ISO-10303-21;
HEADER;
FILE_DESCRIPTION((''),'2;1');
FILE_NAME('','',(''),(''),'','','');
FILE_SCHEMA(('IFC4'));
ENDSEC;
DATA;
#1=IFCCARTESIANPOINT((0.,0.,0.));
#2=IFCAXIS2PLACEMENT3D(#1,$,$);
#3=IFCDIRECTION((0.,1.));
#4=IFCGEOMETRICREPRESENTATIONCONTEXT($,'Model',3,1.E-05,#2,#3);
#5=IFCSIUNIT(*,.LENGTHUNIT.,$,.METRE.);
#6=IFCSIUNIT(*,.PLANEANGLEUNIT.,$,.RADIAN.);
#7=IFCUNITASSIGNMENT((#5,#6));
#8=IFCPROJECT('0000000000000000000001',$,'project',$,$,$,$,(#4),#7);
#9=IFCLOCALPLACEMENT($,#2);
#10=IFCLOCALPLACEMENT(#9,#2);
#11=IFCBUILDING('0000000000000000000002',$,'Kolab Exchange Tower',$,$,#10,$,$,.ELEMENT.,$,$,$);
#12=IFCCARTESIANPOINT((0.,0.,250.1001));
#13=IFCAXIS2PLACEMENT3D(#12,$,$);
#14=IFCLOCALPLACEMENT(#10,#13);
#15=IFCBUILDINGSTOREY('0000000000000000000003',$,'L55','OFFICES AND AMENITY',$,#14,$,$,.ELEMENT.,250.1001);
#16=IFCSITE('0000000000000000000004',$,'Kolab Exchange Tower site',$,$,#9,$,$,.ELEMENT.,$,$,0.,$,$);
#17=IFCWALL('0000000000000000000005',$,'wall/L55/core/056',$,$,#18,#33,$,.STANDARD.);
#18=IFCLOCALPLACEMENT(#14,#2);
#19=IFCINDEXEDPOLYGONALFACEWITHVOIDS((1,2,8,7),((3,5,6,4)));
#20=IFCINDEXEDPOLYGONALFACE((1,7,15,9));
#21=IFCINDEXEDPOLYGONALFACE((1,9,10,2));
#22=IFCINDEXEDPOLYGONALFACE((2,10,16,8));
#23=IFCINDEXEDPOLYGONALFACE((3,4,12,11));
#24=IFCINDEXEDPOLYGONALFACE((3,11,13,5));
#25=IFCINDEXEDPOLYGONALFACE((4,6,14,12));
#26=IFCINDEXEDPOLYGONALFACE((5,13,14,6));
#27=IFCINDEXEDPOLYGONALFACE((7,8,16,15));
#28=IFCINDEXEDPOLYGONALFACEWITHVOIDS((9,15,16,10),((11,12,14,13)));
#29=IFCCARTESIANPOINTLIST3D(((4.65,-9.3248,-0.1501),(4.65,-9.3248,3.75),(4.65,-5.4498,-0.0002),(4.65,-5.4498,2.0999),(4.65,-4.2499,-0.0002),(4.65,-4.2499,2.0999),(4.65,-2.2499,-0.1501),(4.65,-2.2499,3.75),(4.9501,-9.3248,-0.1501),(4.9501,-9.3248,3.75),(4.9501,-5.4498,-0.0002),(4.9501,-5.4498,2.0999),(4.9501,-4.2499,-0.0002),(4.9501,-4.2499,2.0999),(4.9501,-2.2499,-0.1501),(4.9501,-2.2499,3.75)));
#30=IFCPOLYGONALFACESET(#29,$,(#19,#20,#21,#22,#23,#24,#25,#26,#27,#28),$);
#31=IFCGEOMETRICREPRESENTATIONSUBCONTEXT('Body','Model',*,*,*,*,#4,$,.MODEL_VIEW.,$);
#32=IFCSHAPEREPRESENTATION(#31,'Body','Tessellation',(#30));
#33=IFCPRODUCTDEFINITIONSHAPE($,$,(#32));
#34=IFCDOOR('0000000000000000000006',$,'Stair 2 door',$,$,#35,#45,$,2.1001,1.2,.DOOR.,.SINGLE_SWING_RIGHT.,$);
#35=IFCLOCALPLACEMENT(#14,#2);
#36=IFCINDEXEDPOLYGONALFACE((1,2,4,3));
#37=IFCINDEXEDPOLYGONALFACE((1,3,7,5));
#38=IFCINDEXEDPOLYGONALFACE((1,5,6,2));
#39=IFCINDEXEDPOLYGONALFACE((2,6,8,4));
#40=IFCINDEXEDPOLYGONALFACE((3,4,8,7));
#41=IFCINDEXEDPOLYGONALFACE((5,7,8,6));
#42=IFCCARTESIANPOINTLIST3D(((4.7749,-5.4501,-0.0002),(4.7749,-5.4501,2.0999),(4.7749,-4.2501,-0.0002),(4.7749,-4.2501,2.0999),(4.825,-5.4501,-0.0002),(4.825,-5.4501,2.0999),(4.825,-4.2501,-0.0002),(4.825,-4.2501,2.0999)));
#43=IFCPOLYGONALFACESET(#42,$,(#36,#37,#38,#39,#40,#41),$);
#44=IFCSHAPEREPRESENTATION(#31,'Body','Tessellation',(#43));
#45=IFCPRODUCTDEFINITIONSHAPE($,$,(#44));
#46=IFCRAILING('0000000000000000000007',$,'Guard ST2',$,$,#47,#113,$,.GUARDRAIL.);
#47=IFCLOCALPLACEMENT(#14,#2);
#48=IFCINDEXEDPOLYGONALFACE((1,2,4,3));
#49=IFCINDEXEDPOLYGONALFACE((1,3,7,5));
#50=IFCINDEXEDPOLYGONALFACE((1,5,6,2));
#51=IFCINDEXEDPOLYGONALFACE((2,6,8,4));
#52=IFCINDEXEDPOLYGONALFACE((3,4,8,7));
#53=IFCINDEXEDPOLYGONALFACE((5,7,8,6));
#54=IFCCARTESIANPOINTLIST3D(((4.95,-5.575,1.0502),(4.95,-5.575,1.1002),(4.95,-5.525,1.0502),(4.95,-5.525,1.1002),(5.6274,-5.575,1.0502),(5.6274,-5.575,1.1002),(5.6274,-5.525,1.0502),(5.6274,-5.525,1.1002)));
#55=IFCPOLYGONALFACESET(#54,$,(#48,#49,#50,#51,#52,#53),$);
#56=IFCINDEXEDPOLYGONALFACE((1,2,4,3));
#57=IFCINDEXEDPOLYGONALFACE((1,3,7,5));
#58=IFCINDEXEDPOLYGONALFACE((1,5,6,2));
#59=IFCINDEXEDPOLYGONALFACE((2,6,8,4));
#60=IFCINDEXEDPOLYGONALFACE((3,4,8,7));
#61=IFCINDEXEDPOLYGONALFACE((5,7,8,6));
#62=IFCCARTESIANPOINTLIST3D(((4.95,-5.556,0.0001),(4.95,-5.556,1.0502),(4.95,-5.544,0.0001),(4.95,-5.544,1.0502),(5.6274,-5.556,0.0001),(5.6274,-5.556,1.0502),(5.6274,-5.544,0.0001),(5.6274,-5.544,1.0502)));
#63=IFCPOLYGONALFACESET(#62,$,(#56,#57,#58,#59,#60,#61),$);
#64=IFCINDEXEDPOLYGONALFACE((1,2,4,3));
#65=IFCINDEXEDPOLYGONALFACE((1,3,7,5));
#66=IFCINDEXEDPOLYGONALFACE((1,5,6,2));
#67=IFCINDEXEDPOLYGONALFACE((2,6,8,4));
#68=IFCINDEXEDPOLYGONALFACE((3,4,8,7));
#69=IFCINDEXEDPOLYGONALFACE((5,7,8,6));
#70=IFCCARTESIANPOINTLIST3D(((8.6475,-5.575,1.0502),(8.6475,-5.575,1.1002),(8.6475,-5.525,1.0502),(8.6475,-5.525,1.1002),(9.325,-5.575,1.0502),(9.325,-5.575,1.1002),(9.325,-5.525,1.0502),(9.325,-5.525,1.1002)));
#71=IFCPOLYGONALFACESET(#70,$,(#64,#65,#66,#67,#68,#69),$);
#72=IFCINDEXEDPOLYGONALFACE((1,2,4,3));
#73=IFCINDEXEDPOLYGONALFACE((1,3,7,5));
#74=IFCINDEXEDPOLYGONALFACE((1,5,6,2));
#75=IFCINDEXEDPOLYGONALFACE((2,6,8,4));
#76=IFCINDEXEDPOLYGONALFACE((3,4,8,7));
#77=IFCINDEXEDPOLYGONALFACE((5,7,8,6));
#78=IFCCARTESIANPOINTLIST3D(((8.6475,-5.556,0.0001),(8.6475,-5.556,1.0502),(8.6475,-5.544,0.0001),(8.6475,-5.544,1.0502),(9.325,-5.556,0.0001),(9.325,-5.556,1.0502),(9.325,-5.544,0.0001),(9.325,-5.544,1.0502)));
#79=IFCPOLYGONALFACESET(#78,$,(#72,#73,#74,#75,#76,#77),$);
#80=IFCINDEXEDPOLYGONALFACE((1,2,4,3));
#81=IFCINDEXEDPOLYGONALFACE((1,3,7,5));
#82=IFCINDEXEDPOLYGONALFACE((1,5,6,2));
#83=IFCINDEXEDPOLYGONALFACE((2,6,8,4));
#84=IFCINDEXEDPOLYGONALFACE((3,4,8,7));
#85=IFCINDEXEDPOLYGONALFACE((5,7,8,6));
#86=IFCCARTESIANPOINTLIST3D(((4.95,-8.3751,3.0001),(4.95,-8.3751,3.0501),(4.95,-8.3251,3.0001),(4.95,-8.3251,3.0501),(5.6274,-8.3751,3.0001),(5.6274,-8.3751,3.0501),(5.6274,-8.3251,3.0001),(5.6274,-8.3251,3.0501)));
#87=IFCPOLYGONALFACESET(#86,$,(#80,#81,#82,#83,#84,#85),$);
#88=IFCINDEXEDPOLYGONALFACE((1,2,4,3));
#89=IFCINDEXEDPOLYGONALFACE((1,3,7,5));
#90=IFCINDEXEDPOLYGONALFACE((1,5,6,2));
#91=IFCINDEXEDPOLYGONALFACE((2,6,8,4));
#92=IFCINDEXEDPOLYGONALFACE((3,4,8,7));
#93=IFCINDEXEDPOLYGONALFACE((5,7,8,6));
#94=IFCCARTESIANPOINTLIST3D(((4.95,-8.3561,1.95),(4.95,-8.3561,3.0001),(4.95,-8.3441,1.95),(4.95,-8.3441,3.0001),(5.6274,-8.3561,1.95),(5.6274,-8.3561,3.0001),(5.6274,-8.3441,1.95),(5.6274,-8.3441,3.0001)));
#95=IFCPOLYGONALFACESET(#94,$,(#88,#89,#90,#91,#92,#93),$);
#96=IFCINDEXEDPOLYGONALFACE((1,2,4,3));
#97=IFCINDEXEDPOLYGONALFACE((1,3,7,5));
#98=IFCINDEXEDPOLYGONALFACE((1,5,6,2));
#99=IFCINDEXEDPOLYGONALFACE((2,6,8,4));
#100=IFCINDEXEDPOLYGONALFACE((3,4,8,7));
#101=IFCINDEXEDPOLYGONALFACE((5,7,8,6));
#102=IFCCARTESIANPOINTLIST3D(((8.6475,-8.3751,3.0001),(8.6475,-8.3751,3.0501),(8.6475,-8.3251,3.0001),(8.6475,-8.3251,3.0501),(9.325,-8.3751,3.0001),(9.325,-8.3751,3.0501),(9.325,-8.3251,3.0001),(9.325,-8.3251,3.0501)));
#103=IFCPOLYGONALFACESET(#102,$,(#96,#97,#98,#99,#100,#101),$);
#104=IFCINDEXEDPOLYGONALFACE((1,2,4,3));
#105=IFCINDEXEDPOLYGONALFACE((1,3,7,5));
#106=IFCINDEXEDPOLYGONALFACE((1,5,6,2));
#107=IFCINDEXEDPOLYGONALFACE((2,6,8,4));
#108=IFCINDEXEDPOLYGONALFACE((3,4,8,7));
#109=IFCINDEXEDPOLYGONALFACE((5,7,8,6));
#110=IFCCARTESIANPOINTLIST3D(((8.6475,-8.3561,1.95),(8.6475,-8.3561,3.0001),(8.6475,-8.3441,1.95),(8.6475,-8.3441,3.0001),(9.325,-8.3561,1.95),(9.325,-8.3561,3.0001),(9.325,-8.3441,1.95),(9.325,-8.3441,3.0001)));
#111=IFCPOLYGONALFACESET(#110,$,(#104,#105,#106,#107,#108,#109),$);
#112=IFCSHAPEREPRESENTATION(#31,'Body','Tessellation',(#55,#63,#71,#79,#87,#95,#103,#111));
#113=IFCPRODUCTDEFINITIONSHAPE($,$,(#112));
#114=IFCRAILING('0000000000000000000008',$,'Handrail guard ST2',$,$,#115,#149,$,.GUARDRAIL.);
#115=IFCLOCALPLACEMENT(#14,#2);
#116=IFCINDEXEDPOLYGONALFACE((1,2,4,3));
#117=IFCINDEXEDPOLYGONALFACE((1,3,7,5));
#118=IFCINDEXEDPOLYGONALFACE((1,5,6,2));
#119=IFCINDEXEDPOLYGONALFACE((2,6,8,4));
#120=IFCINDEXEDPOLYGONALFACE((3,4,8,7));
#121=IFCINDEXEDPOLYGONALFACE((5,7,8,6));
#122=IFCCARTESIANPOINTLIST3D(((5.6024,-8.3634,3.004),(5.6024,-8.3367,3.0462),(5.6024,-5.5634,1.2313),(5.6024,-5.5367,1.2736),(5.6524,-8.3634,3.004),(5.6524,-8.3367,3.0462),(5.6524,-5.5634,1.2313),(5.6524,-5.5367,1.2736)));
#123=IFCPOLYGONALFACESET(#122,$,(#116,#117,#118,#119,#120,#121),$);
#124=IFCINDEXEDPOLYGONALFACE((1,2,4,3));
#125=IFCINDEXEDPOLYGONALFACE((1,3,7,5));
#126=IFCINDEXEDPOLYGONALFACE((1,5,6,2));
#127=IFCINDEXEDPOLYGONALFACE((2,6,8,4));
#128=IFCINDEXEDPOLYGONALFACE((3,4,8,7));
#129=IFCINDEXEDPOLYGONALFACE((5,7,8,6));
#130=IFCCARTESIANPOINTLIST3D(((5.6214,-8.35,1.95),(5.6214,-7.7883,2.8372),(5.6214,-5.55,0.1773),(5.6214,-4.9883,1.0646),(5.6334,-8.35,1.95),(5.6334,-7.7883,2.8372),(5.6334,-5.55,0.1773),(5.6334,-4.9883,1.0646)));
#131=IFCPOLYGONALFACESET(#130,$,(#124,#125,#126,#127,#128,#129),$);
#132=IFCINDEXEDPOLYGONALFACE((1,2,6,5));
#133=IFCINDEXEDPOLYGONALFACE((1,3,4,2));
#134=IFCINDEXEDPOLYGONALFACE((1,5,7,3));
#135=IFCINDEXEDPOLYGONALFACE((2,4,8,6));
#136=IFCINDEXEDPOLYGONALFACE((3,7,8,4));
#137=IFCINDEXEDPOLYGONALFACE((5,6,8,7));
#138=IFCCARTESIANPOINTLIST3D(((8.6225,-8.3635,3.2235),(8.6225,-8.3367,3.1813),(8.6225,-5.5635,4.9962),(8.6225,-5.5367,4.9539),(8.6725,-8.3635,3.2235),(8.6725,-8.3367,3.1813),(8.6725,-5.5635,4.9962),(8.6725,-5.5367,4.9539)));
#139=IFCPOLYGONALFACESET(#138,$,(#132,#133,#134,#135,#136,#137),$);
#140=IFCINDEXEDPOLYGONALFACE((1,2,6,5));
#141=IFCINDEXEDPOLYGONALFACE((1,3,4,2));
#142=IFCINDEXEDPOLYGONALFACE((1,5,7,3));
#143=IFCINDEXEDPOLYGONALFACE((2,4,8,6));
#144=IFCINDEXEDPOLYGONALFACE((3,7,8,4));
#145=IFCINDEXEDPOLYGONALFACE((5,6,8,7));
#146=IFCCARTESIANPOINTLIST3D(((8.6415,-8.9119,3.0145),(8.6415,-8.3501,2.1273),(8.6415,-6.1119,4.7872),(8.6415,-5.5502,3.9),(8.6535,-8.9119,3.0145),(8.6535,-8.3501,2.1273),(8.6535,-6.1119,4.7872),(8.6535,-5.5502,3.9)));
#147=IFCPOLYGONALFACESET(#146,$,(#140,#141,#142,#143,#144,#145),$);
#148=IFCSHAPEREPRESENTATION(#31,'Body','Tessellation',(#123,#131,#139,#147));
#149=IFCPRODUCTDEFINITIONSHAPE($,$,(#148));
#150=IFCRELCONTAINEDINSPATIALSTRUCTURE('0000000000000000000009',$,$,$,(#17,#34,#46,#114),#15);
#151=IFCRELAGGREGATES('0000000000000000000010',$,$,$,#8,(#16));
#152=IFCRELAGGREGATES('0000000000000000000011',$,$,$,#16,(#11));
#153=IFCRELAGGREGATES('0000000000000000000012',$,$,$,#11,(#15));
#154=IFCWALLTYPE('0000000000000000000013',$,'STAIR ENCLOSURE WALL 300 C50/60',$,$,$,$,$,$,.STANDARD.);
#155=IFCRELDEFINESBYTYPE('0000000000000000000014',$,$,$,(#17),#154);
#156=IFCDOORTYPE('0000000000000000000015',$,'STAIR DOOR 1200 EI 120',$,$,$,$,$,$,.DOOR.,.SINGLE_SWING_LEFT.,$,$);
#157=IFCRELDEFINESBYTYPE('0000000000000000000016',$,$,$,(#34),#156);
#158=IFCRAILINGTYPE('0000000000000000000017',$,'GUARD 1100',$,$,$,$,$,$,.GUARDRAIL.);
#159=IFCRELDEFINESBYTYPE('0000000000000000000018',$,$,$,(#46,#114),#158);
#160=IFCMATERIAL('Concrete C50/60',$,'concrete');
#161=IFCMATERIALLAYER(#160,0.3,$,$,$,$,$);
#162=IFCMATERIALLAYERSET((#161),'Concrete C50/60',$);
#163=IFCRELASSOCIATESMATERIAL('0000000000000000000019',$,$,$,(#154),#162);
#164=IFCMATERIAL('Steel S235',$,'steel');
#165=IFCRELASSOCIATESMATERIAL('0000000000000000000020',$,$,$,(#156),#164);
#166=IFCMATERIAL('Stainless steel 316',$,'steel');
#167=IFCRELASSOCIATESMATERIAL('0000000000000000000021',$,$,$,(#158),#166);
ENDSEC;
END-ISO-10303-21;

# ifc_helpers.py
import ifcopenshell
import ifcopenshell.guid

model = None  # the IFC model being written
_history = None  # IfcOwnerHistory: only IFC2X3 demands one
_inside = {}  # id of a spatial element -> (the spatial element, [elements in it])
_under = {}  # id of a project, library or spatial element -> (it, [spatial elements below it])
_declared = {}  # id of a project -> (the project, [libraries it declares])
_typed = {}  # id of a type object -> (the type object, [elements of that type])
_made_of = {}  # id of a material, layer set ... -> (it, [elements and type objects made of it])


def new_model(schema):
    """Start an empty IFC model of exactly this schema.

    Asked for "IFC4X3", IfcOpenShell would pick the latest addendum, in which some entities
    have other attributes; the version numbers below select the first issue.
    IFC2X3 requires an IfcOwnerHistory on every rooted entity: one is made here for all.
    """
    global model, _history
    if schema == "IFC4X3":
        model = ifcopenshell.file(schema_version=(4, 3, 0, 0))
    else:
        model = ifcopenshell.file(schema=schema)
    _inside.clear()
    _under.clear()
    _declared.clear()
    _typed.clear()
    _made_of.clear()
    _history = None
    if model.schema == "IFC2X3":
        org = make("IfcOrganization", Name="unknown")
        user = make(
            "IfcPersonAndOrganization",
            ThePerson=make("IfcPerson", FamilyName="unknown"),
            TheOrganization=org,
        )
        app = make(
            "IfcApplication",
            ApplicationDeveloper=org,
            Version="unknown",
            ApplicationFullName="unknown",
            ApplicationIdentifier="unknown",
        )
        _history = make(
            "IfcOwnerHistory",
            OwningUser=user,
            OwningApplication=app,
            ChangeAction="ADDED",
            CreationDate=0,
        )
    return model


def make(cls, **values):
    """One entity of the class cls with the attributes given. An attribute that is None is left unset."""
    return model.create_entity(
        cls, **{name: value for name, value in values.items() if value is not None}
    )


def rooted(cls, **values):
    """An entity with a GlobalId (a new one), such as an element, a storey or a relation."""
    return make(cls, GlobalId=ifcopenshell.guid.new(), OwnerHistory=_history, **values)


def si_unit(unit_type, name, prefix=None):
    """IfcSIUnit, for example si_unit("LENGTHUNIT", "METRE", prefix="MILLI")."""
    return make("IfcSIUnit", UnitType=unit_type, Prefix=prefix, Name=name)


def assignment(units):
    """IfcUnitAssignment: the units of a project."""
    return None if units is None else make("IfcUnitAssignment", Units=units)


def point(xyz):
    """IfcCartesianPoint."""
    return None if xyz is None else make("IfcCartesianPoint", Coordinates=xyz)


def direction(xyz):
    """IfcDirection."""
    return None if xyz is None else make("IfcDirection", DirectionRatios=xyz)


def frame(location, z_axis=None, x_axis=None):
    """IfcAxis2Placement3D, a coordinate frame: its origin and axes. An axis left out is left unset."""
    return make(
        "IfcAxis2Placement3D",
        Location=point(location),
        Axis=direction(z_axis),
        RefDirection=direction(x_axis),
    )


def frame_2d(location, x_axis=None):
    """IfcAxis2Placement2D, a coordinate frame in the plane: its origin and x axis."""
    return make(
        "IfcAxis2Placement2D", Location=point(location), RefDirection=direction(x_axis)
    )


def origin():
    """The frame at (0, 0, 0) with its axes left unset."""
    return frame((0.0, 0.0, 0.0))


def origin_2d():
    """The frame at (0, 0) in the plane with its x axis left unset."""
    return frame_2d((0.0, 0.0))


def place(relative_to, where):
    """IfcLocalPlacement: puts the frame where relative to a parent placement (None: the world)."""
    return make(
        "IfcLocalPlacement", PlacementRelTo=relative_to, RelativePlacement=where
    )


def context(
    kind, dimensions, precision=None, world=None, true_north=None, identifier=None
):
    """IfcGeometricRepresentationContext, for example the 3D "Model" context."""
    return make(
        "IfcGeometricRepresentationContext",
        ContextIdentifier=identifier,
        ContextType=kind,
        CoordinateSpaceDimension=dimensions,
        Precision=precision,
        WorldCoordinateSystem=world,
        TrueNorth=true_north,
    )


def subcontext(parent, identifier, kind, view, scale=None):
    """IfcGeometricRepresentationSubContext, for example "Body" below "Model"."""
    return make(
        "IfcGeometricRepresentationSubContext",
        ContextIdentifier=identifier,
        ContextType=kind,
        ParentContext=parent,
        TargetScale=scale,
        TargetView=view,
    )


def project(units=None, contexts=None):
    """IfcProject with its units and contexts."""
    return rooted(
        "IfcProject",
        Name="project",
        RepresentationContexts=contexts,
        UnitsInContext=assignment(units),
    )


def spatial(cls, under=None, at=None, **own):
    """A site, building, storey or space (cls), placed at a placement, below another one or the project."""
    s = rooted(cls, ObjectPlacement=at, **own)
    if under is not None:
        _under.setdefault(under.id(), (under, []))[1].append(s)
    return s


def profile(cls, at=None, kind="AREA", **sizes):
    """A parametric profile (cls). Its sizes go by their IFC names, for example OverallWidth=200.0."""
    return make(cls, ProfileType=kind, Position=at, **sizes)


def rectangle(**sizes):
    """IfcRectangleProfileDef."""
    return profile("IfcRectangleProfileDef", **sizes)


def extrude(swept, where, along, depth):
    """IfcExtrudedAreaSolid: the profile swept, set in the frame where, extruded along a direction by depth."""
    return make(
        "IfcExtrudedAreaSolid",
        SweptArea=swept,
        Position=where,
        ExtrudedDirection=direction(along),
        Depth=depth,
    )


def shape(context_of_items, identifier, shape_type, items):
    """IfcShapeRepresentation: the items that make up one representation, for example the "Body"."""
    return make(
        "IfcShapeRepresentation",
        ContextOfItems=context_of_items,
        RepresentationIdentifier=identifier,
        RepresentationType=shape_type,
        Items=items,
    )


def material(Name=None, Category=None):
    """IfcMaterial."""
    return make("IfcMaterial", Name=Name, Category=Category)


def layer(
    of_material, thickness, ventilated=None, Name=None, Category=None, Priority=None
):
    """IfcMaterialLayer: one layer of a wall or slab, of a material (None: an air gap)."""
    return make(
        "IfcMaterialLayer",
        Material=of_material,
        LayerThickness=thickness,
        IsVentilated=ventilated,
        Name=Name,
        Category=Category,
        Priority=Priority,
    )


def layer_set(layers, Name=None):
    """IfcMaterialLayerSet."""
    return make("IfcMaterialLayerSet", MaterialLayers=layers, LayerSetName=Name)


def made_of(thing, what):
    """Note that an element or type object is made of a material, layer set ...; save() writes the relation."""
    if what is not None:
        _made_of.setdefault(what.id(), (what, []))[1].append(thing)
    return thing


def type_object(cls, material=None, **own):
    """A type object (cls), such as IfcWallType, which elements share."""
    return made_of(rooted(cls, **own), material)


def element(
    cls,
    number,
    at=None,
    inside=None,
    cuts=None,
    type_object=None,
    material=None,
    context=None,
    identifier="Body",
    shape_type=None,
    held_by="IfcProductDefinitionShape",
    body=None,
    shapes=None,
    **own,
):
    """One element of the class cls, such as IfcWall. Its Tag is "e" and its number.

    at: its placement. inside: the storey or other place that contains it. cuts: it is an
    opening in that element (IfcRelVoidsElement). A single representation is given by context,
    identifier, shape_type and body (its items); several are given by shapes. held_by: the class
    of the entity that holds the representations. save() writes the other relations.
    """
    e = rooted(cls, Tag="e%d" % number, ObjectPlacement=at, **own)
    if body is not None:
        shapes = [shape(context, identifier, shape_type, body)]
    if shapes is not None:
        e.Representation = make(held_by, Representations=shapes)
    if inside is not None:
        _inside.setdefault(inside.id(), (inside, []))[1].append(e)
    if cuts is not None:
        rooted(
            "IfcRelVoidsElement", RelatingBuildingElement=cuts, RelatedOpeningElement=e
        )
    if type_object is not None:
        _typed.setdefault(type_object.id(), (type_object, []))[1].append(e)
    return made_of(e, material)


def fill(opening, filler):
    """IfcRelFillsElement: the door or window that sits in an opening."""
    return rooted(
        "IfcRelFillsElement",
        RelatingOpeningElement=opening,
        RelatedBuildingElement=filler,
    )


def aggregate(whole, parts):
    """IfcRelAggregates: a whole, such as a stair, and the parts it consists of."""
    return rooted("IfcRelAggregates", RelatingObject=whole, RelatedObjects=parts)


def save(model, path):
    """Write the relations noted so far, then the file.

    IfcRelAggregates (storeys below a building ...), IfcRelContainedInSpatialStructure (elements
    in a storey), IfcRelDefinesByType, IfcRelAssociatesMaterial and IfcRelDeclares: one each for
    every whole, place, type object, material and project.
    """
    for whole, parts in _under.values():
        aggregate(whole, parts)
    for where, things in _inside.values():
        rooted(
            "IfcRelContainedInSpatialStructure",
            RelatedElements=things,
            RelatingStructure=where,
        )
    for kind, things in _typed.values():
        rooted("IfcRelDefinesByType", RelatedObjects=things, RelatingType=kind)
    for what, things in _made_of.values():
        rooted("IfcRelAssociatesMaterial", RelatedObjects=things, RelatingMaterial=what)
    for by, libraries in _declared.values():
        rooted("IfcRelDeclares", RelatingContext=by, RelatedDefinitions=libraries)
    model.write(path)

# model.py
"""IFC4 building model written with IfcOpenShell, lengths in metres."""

from ifc_helpers import new_model, si_unit, direction, frame, frame_2d, origin, origin_2d, place, context, subcontext, project, spatial, rectangle, extrude, material, layer, layer_set, type_object, element, fill, save


model = new_model("IFC4")

# Units and contexts
model_context = context("Model", 3, precision=1e-05, world=origin(), true_north=direction((0.0, 1.0)))
body_context = subcontext(model_context, "Body", "Model", "MODEL_VIEW")
ifc_project = project(units=[si_unit("LENGTHUNIT", "METRE"), si_unit("PLANEANGLEUNIT", "RADIAN")], contexts=[model_context])

# Site, building, storey
site_placement = place(None, origin())
site = spatial("IfcSite", under=ifc_project, at=site_placement, Name="Kolab Exchange Tower site", CompositionType="ELEMENT", RefElevation=0.0)
building_placement = place(site_placement, origin())
building = spatial("IfcBuilding", under=site, at=building_placement, Name="Kolab Exchange Tower", CompositionType="ELEMENT")
storey_placement = place(building_placement, frame((0.0, 0.0, 250.1001)))
storey = spatial("IfcBuildingStorey", under=building, at=storey_placement, Name="L55", Description="OFFICES AND AMENITY", CompositionType="ELEMENT", Elevation=250.1001)

# Shared definitions
ifc_material_1 = material(Name="Concrete C50/60", Category="concrete")
ifc_material_2 = material(Name="Stainless steel 316", Category="steel")

# Wall, opening, door
ifc_material_3 = material(Name="Steel S235", Category="steel")
ifc_layer_1 = layer(ifc_material_1, 0.3)
ifc_layer_set_1 = layer_set([ifc_layer_1], Name="Concrete C50/60")
wall_type_1 = type_object("IfcWallType", Name="STAIR ENCLOSURE WALL 300 C50/60", PredefinedType="STANDARD", material=ifc_layer_set_1)
wall_1_placement = place(storey_placement, frame((4.8, -9.325, -0.1501), z_axis=(0.0, 0.0, 1.0), x_axis=(0.0, 1.0, 0.0)))
wall_1 = element("IfcWall", 1, at=wall_1_placement, inside=storey, type_object=wall_type_1, Name="wall/L55/core/056", PredefinedType="STANDARD", context=body_context, shape_type="SweptSolid", body=[
    extrude(rectangle(XDim=7.075, YDim=0.3, at=frame_2d((3.5376, 0.0))), origin(), (0.0, 0.0, 1.0), 3.9001),
])
opening_1_placement = place(wall_1_placement, frame((3.875, 0.0, 0.1499)))
opening_1 = element("IfcOpeningElement", 2, at=opening_1_placement, cuts=wall_1, PredefinedType="OPENING", context=body_context, shape_type="SweptSolid", body=[
    extrude(rectangle(XDim=1.2, YDim=2.1001, at=frame_2d((0.6001, 1.05))), frame((0.0, 0.1602, 0.0), z_axis=(0.0, -1.0, 0.0), x_axis=(1.0, 0.0, 0.0)), (0.0, 0.0, 1.0), 0.3201),
])
door_type_1 = type_object("IfcDoorType", Name="STAIR DOOR 1200 EI 120", OperationType="SINGLE_SWING_LEFT", PredefinedType="DOOR", material=ifc_material_3)
door_1_placement = place(opening_1_placement, frame((1.2, 0.0, 0.0), z_axis=(0.0, 0.0, 1.0), x_axis=(-1.0, 0.0, 0.0)))
door_1 = element("IfcDoor", 3, at=door_1_placement, inside=storey, type_object=door_type_1, Name="Stair 2 door", OperationType="SINGLE_SWING_RIGHT", OverallHeight=2.1001, OverallWidth=1.2, PredefinedType="DOOR", context=body_context, shape_type="SweptSolid", body=[
    extrude(rectangle(XDim=1.2, YDim=2.1001, at=frame_2d((0.6001, 1.05))), frame((0.0, 0.0249, 0.0), z_axis=(0.0, -1.0, 0.0), x_axis=(1.0, 0.0, 0.0)), (0.0, 0.0, 1.0), 0.05),
])
fill(opening_1, door_1)

# Railings
railing_type = type_object("IfcRailingType", Name="GUARD 1100", PredefinedType="GUARDRAIL", material=ifc_material_2)
railing_1_placement = place(storey_placement, frame((4.95, -5.55, 0.0)))
element("IfcRailing", 4, at=railing_1_placement, inside=storey, type_object=railing_type, Name="Guard ST2", PredefinedType="GUARDRAIL", context=body_context, shape_type="SweptSolid", body=[
    extrude(rectangle(XDim=0.05, YDim=0.05, at=origin_2d()), frame((0.0, 0.0, 1.0752), z_axis=(1.0, 0.0, 0.0), x_axis=(0.0, 1.0, 0.0)), (0.0, 0.0, 1.0), 0.6775),
    extrude(rectangle(XDim=0.012, YDim=1.0501, at=frame_2d((0.0, 0.5251))), frame((0.0, 0.0, 0.0), z_axis=(1.0, 0.0, 0.0), x_axis=(0.0, 1.0, 0.0)), (0.0, 0.0, 1.0), 0.6775),
    extrude(rectangle(XDim=0.05, YDim=0.05, at=origin_2d()), frame((3.6975, 0.0, 1.0752), z_axis=(1.0, 0.0, 0.0), x_axis=(0.0, 1.0, 0.0)), (0.0, 0.0, 1.0), 0.6775),
    extrude(rectangle(XDim=0.012, YDim=1.0501, at=frame_2d((0.0, 0.5251))), frame((3.6975, 0.0, 0.0), z_axis=(1.0, 0.0, 0.0), x_axis=(0.0, 1.0, 0.0)), (0.0, 0.0, 1.0), 0.6775),
    extrude(rectangle(XDim=0.05, YDim=0.05, at=origin_2d()), frame((0.0, -2.8, 3.0251), z_axis=(1.0, 0.0, 0.0), x_axis=(0.0, 1.0, 0.0)), (0.0, 0.0, 1.0), 0.6775),
    extrude(rectangle(XDim=0.012, YDim=1.0501, at=frame_2d((0.0, 0.5251))), frame((0.0, -2.8, 1.95), z_axis=(1.0, 0.0, 0.0), x_axis=(0.0, 1.0, 0.0)), (0.0, 0.0, 1.0), 0.6775),
    extrude(rectangle(XDim=0.05, YDim=0.05, at=origin_2d()), frame((3.6975, -2.8, 3.0251), z_axis=(1.0, 0.0, 0.0), x_axis=(0.0, 1.0, 0.0)), (0.0, 0.0, 1.0), 0.6775),
    extrude(rectangle(XDim=0.012, YDim=1.0501, at=frame_2d((0.0, 0.5251))), frame((3.6975, -2.8, 1.95), z_axis=(1.0, 0.0, 0.0), x_axis=(0.0, 1.0, 0.0)), (0.0, 0.0, 1.0), 0.6775),
])
railing_2_placement = place(storey_placement, frame((5.6274, -5.55, 0.1772)))
element("IfcRailing", 5, at=railing_2_placement, inside=storey, type_object=railing_type, Name="Handrail guard ST2", PredefinedType="GUARDRAIL", context=body_context, shape_type="SweptSolid", body=[
    extrude(rectangle(XDim=0.05, YDim=0.05, at=origin_2d()), frame((0.0, 0.0, 1.0752), z_axis=(0.0, -0.844909, 0.53491), x_axis=(1.0, 0.0, 0.0)), (0.0, 0.0, 1.0), 3.314),
    extrude(rectangle(XDim=0.012, YDim=1.0501, at=frame_2d((0.0, 0.5251))), frame((0.0, 0.0, 0.0), z_axis=(0.0, -0.844909, 0.53491), x_axis=(1.0, 0.0, 0.0)), (0.0, 0.0, 1.0), 3.314),
    extrude(rectangle(XDim=0.05, YDim=0.05, at=origin_2d()), frame((3.02, -2.8, 3.0251), z_axis=(0.0, 0.844909, 0.53491), x_axis=(-1.0, 0.0, 0.0)), (0.0, 0.0, 1.0), 3.314),
    extrude(rectangle(XDim=0.012, YDim=1.0501, at=frame_2d((0.0, 0.5251))), frame((3.02, -2.8, 1.95), z_axis=(0.0, 0.844909, 0.53491), x_axis=(-1.0, 0.0, 0.0)), (0.0, 0.0, 1.0), 3.314),
])

save(model, "model.ifc")
